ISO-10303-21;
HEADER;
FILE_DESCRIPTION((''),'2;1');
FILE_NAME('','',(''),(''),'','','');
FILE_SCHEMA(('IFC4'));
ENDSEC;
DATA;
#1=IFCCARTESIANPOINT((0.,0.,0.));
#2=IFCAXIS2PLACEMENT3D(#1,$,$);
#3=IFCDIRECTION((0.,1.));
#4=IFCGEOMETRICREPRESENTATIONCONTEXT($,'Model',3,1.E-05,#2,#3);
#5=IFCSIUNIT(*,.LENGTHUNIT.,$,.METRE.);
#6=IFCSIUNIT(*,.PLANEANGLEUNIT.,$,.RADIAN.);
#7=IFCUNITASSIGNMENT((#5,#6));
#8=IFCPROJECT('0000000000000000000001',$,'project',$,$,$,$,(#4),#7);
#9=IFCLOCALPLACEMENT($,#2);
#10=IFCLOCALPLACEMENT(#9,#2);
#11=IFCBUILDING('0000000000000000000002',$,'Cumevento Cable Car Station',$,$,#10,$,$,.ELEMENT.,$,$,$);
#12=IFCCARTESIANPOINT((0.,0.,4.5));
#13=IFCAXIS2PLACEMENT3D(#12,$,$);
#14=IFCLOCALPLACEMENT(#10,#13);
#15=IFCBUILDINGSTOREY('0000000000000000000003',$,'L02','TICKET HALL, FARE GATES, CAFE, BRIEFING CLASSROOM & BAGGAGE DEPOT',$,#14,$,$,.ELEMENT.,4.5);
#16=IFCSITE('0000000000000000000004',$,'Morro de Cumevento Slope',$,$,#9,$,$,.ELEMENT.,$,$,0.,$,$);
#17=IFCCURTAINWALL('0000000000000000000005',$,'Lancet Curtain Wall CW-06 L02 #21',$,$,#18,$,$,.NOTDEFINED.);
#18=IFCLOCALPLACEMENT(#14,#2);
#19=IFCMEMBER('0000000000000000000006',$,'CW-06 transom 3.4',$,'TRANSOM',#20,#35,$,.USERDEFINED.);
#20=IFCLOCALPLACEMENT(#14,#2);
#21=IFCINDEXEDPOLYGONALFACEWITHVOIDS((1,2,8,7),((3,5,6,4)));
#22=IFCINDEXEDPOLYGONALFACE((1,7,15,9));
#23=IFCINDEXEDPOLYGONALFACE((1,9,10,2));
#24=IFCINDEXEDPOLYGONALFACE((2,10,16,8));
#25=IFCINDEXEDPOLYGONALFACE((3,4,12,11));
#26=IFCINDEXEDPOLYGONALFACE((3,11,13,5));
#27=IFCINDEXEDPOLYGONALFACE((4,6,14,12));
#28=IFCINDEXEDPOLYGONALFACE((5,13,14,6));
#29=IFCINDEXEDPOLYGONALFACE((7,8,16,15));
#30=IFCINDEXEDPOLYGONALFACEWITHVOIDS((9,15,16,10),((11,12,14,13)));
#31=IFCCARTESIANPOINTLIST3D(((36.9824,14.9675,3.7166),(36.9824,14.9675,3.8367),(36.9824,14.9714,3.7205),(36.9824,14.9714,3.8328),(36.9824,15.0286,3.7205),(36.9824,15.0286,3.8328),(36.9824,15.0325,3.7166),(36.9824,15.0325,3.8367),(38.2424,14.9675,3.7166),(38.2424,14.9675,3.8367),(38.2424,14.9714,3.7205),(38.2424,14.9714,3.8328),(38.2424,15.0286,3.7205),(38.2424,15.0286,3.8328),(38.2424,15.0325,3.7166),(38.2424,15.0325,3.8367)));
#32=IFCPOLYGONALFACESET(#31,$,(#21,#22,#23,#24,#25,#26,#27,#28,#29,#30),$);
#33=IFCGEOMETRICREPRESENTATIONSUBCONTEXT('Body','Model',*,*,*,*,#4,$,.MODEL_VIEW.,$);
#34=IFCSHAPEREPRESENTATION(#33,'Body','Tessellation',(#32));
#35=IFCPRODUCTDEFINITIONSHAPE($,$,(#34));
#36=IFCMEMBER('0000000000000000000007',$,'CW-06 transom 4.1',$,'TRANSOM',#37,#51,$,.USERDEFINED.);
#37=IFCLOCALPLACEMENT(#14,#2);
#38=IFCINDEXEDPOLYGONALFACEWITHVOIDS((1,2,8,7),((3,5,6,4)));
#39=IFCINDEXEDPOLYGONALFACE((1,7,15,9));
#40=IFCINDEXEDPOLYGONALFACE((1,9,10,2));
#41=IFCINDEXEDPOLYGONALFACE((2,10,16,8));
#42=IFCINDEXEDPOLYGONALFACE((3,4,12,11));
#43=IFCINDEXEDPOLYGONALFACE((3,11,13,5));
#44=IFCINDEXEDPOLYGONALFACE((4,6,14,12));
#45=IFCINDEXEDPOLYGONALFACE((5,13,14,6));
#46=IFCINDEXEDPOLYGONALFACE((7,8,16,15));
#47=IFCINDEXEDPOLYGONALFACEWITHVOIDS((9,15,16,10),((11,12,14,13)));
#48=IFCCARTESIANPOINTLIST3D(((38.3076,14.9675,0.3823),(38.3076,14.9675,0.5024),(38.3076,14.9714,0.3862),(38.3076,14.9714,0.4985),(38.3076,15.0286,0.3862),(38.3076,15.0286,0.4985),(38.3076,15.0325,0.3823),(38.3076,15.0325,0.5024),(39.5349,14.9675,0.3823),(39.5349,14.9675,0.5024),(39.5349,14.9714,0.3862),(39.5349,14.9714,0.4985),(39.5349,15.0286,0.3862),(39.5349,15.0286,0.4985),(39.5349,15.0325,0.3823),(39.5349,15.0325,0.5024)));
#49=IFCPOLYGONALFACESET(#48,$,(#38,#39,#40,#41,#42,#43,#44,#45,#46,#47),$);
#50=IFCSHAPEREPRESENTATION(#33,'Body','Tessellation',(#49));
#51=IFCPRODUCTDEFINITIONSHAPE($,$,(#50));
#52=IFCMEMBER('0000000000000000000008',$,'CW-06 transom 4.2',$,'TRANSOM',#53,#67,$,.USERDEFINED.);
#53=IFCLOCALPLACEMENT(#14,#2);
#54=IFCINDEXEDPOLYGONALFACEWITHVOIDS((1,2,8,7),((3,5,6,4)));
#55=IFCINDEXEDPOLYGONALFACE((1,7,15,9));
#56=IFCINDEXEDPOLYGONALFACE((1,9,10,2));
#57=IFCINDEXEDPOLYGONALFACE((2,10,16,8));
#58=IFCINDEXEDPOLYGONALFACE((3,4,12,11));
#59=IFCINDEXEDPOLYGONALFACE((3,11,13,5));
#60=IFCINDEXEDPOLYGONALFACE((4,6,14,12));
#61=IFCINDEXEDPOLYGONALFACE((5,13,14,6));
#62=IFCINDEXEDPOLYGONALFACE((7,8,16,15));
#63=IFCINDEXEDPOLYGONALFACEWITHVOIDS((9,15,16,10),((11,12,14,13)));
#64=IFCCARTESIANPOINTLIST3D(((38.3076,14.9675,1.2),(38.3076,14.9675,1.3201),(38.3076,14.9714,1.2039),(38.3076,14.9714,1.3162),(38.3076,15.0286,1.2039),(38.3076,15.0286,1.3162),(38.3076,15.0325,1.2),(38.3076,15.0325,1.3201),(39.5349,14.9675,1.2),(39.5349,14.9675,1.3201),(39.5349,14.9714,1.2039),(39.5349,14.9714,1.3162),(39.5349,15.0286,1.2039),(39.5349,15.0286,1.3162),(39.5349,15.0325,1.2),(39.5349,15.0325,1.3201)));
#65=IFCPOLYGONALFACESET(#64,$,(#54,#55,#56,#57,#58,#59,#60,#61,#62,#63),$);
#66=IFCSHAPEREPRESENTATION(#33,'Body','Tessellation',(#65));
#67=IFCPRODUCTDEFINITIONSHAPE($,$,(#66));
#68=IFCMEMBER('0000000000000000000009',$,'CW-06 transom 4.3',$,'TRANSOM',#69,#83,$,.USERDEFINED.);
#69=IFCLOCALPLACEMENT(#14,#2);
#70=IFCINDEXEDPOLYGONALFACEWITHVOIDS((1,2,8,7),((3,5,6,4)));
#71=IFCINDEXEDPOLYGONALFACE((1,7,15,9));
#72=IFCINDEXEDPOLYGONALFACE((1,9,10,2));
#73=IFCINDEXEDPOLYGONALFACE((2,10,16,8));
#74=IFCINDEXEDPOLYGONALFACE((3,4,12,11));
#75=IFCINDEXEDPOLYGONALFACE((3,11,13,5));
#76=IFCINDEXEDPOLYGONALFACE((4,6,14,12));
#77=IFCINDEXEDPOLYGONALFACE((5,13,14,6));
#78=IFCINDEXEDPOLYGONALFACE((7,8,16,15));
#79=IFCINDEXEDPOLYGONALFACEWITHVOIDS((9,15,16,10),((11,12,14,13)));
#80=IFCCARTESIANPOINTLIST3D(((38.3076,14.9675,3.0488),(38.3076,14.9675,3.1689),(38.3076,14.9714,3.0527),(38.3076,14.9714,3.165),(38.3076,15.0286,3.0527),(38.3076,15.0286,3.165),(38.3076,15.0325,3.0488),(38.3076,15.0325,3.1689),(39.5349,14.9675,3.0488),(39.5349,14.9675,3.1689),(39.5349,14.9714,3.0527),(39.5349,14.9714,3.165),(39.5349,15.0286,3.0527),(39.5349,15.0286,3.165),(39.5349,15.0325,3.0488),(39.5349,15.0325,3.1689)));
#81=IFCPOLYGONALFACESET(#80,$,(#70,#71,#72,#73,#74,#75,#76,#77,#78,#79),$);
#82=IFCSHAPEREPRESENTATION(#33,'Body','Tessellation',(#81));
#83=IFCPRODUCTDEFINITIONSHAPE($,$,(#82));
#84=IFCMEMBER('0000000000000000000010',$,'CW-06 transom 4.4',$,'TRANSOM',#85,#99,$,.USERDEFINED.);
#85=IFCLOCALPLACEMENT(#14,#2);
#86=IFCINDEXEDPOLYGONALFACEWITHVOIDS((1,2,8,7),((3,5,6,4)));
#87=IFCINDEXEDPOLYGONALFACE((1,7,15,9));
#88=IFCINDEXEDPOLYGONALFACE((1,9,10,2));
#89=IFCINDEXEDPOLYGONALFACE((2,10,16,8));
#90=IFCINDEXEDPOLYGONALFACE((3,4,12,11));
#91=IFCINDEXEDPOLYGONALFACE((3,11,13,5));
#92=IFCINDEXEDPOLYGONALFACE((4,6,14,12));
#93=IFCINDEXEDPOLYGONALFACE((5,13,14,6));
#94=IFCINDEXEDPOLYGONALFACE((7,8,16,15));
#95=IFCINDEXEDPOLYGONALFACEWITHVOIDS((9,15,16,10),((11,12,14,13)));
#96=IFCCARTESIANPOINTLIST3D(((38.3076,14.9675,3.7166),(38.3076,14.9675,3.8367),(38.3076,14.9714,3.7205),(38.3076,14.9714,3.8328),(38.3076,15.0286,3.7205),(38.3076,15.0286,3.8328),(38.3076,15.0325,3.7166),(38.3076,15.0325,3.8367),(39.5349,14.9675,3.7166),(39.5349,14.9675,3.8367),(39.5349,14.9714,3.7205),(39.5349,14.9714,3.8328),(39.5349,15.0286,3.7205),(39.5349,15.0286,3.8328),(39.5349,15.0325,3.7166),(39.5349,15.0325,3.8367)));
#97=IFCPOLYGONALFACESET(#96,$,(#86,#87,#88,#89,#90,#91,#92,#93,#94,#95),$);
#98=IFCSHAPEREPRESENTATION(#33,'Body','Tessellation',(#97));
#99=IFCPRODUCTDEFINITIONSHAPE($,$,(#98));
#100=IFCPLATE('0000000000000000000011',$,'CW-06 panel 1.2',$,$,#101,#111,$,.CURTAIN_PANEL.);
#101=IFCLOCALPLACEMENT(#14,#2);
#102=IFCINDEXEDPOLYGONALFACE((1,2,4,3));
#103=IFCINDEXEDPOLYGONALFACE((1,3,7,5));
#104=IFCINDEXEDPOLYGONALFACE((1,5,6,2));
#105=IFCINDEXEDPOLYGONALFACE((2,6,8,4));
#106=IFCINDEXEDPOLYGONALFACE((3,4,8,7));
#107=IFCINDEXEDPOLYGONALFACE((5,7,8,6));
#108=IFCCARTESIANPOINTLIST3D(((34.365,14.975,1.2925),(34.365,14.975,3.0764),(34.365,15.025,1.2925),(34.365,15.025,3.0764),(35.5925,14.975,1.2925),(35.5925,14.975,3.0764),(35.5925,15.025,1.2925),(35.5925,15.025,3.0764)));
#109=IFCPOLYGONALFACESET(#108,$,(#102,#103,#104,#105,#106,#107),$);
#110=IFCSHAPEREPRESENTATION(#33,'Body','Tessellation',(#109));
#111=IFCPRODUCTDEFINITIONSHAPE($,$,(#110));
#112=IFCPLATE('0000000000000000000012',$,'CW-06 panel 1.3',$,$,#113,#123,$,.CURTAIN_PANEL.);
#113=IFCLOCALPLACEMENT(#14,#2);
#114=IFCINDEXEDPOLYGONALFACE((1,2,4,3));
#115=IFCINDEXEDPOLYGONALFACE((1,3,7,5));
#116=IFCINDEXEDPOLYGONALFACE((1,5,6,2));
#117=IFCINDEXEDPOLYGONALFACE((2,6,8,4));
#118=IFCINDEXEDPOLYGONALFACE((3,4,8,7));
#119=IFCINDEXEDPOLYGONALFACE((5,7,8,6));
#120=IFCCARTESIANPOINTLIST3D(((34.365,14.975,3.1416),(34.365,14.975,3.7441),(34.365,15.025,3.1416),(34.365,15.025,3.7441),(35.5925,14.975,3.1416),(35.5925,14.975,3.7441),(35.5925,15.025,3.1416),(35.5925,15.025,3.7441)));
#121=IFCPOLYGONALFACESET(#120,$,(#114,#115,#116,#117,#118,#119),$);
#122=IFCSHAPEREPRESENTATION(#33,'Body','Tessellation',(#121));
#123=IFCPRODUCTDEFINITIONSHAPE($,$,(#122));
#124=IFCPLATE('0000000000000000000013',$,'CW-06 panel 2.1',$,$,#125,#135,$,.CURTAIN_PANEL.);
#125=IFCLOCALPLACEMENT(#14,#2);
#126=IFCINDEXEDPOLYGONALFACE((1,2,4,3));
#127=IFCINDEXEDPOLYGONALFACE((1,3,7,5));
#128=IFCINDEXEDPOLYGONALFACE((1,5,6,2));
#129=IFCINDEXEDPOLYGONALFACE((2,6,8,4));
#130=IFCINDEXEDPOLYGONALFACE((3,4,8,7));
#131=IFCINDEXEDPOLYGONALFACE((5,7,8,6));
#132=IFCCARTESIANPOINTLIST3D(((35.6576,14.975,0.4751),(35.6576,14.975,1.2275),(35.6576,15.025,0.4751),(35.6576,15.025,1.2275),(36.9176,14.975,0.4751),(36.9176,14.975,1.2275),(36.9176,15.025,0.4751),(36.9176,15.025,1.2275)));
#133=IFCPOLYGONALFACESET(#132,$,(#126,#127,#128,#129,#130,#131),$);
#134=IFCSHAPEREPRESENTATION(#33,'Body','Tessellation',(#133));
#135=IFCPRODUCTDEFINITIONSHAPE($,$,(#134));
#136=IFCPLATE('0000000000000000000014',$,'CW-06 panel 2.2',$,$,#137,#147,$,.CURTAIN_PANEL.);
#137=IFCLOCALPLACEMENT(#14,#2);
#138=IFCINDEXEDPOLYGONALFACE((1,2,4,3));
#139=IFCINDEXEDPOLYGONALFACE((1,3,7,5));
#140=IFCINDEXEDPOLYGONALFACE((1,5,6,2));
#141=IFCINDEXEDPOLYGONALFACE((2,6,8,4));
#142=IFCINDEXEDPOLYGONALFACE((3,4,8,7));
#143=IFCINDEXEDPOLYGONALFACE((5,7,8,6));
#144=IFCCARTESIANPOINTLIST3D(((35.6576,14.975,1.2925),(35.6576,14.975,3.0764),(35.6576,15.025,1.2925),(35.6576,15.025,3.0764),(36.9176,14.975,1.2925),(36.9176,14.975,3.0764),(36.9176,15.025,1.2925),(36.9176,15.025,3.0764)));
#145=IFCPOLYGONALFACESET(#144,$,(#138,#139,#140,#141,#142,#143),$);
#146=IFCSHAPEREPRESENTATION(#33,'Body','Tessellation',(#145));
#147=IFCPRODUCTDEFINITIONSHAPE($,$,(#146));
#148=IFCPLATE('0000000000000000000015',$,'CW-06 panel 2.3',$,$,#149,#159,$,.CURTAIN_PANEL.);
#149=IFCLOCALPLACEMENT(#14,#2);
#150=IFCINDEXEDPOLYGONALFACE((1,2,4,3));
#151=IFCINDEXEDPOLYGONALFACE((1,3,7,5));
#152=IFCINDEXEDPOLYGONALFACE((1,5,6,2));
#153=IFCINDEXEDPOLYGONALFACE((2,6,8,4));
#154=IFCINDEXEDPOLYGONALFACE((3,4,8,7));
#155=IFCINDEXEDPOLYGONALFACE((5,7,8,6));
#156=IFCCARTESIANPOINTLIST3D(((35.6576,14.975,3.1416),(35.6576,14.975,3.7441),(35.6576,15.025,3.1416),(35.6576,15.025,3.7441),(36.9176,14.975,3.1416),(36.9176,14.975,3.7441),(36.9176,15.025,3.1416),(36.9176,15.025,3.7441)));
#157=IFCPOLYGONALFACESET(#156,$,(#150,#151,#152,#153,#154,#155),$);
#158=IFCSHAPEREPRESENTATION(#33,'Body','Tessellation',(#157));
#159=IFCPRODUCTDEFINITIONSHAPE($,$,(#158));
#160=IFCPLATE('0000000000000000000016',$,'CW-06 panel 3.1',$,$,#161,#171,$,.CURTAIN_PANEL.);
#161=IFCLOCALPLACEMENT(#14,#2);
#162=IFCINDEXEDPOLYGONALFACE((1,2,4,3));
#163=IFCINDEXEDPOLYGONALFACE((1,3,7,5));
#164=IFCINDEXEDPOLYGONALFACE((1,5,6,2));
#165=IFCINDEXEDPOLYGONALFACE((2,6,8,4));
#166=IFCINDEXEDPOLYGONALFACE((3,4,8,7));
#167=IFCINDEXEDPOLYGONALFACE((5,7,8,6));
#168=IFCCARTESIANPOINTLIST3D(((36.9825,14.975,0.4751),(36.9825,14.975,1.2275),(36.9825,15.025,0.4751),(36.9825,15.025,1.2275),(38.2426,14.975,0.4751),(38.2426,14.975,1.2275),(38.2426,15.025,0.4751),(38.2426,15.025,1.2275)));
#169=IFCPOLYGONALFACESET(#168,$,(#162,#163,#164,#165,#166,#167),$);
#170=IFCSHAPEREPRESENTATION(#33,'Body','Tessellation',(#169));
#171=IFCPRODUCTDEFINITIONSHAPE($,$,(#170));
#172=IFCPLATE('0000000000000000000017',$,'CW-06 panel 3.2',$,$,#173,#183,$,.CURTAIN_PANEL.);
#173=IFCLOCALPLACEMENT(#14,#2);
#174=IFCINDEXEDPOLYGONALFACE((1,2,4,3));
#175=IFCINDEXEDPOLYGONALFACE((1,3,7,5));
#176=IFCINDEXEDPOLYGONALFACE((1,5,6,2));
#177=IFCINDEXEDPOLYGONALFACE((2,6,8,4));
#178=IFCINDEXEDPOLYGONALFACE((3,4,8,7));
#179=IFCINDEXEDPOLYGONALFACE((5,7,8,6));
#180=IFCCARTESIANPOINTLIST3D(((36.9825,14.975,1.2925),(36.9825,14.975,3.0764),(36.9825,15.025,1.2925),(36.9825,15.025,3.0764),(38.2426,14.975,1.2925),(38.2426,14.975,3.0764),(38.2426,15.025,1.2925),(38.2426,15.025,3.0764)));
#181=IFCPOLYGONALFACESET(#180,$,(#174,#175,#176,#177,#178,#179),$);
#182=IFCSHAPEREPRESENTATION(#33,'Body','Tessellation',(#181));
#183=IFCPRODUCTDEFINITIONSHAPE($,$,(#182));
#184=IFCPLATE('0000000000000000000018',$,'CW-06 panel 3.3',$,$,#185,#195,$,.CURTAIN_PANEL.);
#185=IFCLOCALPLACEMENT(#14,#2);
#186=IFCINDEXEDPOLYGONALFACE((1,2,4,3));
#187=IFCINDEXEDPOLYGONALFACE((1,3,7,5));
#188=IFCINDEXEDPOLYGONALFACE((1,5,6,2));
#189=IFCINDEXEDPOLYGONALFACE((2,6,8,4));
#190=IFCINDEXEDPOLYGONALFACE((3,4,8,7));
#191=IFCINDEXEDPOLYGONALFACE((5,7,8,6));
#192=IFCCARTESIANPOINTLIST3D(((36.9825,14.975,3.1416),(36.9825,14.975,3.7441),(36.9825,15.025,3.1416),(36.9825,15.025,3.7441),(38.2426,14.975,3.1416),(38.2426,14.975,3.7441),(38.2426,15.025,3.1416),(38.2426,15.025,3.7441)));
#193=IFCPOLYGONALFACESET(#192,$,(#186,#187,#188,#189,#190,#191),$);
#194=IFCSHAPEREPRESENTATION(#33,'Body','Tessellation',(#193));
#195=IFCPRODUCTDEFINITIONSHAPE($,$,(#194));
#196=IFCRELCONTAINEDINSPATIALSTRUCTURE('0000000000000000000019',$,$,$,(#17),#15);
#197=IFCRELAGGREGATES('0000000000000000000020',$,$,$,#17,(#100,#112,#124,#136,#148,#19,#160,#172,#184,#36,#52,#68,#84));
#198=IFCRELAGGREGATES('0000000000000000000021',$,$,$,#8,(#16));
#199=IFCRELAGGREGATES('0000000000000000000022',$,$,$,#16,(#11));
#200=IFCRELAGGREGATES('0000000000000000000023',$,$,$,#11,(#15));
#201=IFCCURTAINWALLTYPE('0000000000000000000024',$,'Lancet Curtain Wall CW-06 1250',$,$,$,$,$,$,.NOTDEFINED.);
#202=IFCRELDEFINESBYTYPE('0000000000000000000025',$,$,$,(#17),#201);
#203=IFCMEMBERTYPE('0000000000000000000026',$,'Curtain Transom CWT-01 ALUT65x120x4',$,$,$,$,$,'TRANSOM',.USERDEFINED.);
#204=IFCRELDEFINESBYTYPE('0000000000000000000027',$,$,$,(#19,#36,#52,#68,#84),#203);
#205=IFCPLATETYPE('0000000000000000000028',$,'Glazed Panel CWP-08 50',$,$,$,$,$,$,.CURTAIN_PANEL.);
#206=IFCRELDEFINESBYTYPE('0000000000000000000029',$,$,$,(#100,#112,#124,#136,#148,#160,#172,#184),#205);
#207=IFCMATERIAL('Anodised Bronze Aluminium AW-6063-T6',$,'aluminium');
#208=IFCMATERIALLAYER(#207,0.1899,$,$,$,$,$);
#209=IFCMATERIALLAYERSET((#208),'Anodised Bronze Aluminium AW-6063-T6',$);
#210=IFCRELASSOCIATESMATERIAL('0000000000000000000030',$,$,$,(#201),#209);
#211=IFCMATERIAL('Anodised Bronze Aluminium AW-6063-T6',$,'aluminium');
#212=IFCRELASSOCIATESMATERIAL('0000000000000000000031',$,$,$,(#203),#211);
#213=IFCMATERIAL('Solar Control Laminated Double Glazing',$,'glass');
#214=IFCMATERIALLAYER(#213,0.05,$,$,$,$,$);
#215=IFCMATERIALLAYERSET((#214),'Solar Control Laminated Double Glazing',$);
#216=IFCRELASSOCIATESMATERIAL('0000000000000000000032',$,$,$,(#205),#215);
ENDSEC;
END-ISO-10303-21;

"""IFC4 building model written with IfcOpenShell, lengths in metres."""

from ifc_helpers import new_model, si_unit, direction, frame, origin, origin_2d, place, context, subcontext, project, spatial, rectangle, hollow_rectangle, extrude, material, layer, layer_set, material_profile, profile_set, type_object, element, aggregate, save


model = new_model("IFC4")

# Units and contexts
model_context = context("Model", 3, precision=1e-05, world=origin(), true_north=direction((0.0, 1.0)))
body_context = subcontext(model_context, "Body", "Model", "MODEL_VIEW")
ifc_project = project(units=[si_unit("LENGTHUNIT", "METRE"), si_unit("PLANEANGLEUNIT", "RADIAN")], contexts=[model_context])

# Site, building, storey
site_placement = place(None, origin())
site = spatial("IfcSite", under=ifc_project, at=site_placement, Name="Morro de Cumevento Slope", CompositionType="ELEMENT", RefElevation=0.0)
building_placement = place(site_placement, origin())
building = spatial("IfcBuilding", under=site, at=building_placement, Name="Cumevento Cable Car Station", CompositionType="ELEMENT")
storey_placement = place(building_placement, frame((0.0, 0.0, 4.5)))
storey = spatial("IfcBuildingStorey", under=building, at=storey_placement, Name="L02", Description="TICKET HALL, FARE GATES, CAFE, BRIEFING CLASSROOM & BAGGAGE DEPOT", CompositionType="ELEMENT", Elevation=4.5)

# Curtain wall, members, plates
ifc_material_1 = material(Name="Anodised Bronze Aluminium AW-6063-T6", Category="aluminium")
ifc_layer_1 = layer(ifc_material_1, 0.1899)
ifc_layer_set_1 = layer_set([ifc_layer_1], Name="Anodised Bronze Aluminium AW-6063-T6")
curtain_wall_type = type_object("IfcCurtainWallType", Name="Lancet Curtain Wall CW-06 1250", PredefinedType="NOTDEFINED", material=ifc_layer_set_1)
curtain_wall_placement = place(storey_placement, origin())
curtain_wall = element("IfcCurtainWall", 1, at=curtain_wall_placement, inside=storey, type_object=curtain_wall_type, Name="Lancet Curtain Wall CW-06 L02 #21", PredefinedType="NOTDEFINED")
ifc_material_2 = material(Name="Anodised Bronze Aluminium AW-6063-T6", Category="aluminium")
ifc_material_profile_1 = material_profile(ifc_material_2, hollow_rectangle(XDim=0.0649, YDim=0.1201, WallThickness=0.0039, at=origin_2d()), Name="ALUT65x120x4")
ifc_profile_set_1 = profile_set([ifc_material_profile_1], Name="Anodised Bronze Aluminium AW-6063-T6")
member_type_1 = type_object("IfcMemberType", Name="Curtain Transom CWT-01 ALUT65x120x4", ElementType="TRANSOM", PredefinedType="USERDEFINED", material=ifc_profile_set_1)
member_1_placement = place(storey_placement, frame((36.9824, 15.0, 3.7766), z_axis=(1.0, 0.0, 0.0), x_axis=(0.0, 1.0, 0.0)))
member_1 = element("IfcMember", 2, at=member_1_placement, type_object=member_type_1, Name="CW-06 transom 3.4", ObjectType="TRANSOM", PredefinedType="USERDEFINED", context=body_context, shape_type="SweptSolid", body=[
    extrude(hollow_rectangle(XDim=0.0649, YDim=0.1201, WallThickness=0.0039, at=origin_2d()), origin(), (0.0, 0.0, 1.0), 1.26),
])
member_2_placement = place(storey_placement, frame((38.3076, 15.0, 0.4424), z_axis=(1.0, 0.0, 0.0), x_axis=(0.0, 1.0, 0.0)))
member_2 = element("IfcMember", 3, at=member_2_placement, type_object=member_type_1, Name="CW-06 transom 4.1", ObjectType="TRANSOM", PredefinedType="USERDEFINED", context=body_context, shape_type="SweptSolid", body=[
    extrude(hollow_rectangle(XDim=0.0649, YDim=0.1201, WallThickness=0.0039, at=origin_2d()), origin(), (0.0, 0.0, 1.0), 1.2273),
])
member_3_placement = place(storey_placement, frame((38.3076, 15.0, 1.26), z_axis=(1.0, 0.0, 0.0), x_axis=(0.0, 1.0, 0.0)))
member_3 = element("IfcMember", 4, at=member_3_placement, type_object=member_type_1, Name="CW-06 transom 4.2", ObjectType="TRANSOM", PredefinedType="USERDEFINED", context=body_context, shape_type="SweptSolid", body=[
    extrude(hollow_rectangle(XDim=0.0649, YDim=0.1201, WallThickness=0.0039, at=origin_2d()), origin(), (0.0, 0.0, 1.0), 1.2273),
])
member_4_placement = place(storey_placement, frame((38.3076, 15.0, 3.1089), z_axis=(1.0, 0.0, 0.0), x_axis=(0.0, 1.0, 0.0)))
member_4 = element("IfcMember", 5, at=member_4_placement, type_object=member_type_1, Name="CW-06 transom 4.3", ObjectType="TRANSOM", PredefinedType="USERDEFINED", context=body_context, shape_type="SweptSolid", body=[
    extrude(hollow_rectangle(XDim=0.0649, YDim=0.1201, WallThickness=0.0039, at=origin_2d()), origin(), (0.0, 0.0, 1.0), 1.2273),
])
member_5_placement = place(storey_placement, frame((38.3076, 15.0, 3.7766), z_axis=(1.0, 0.0, 0.0), x_axis=(0.0, 1.0, 0.0)))
member_5 = element("IfcMember", 6, at=member_5_placement, type_object=member_type_1, Name="CW-06 transom 4.4", ObjectType="TRANSOM", PredefinedType="USERDEFINED", context=body_context, shape_type="SweptSolid", body=[
    extrude(hollow_rectangle(XDim=0.0649, YDim=0.1201, WallThickness=0.0039, at=origin_2d()), origin(), (0.0, 0.0, 1.0), 1.2273),
])
ifc_material_3 = material(Name="Solar Control Laminated Double Glazing", Category="glass")
ifc_layer_2 = layer(ifc_material_3, 0.05)
ifc_layer_set_2 = layer_set([ifc_layer_2], Name="Solar Control Laminated Double Glazing")
plate_type = type_object("IfcPlateType", Name="Glazed Panel CWP-08 50", PredefinedType="CURTAIN_PANEL", material=ifc_layer_set_2)
plate_1_placement = place(storey_placement, frame((34.9788, 15.0, 1.2925), z_axis=(0.0, 0.0, 1.0), x_axis=(1.0, 0.0, 0.0)))
plate_1 = element("IfcPlate", 7, at=plate_1_placement, type_object=plate_type, Name="CW-06 panel 1.2", PredefinedType="CURTAIN_PANEL", context=body_context, shape_type="SweptSolid", body=[
    extrude(rectangle(XDim=1.2275, YDim=0.05, at=origin_2d()), origin(), (0.0, 0.0, 1.0), 1.7839),
])
plate_2_placement = place(storey_placement, frame((34.9788, 15.0, 3.1416), z_axis=(0.0, 0.0, 1.0), x_axis=(1.0, 0.0, 0.0)))
plate_2 = element("IfcPlate", 8, at=plate_2_placement, type_object=plate_type, Name="CW-06 panel 1.3", PredefinedType="CURTAIN_PANEL", context=body_context, shape_type="SweptSolid", body=[
    extrude(rectangle(XDim=1.2275, YDim=0.05, at=origin_2d()), origin(), (0.0, 0.0, 1.0), 0.6025),
])
plate_3_placement = place(storey_placement, frame((36.2876, 15.0, 0.4751), z_axis=(0.0, 0.0, 1.0), x_axis=(1.0, 0.0, 0.0)))
plate_3 = element("IfcPlate", 9, at=plate_3_placement, type_object=plate_type, Name="CW-06 panel 2.1", PredefinedType="CURTAIN_PANEL", context=body_context, shape_type="SweptSolid", body=[
    extrude(rectangle(XDim=1.26, YDim=0.05, at=origin_2d()), origin(), (0.0, 0.0, 1.0), 0.7524),
])
plate_4_placement = place(storey_placement, frame((36.2876, 15.0, 1.2925), z_axis=(0.0, 0.0, 1.0), x_axis=(1.0, 0.0, 0.0)))
plate_4 = element("IfcPlate", 10, at=plate_4_placement, type_object=plate_type, Name="CW-06 panel 2.2", PredefinedType="CURTAIN_PANEL", context=body_context, shape_type="SweptSolid", body=[
    extrude(rectangle(XDim=1.26, YDim=0.05, at=origin_2d()), origin(), (0.0, 0.0, 1.0), 1.7839),
])
plate_5_placement = place(storey_placement, frame((36.2876, 15.0, 3.1416), z_axis=(0.0, 0.0, 1.0), x_axis=(1.0, 0.0, 0.0)))
plate_5 = element("IfcPlate", 11, at=plate_5_placement, type_object=plate_type, Name="CW-06 panel 2.3", PredefinedType="CURTAIN_PANEL", context=body_context, shape_type="SweptSolid", body=[
    extrude(rectangle(XDim=1.26, YDim=0.05, at=origin_2d()), origin(), (0.0, 0.0, 1.0), 0.6025),
])
plate_6_placement = place(storey_placement, frame((37.6125, 15.0, 0.4751), z_axis=(0.0, 0.0, 1.0), x_axis=(1.0, 0.0, 0.0)))
plate_6 = element("IfcPlate", 12, at=plate_6_placement, type_object=plate_type, Name="CW-06 panel 3.1", PredefinedType="CURTAIN_PANEL", context=body_context, shape_type="SweptSolid", body=[
    extrude(rectangle(XDim=1.26, YDim=0.05, at=origin_2d()), origin(), (0.0, 0.0, 1.0), 0.7524),
])
plate_7_placement = place(storey_placement, frame((37.6125, 15.0, 1.2925), z_axis=(0.0, 0.0, 1.0), x_axis=(1.0, 0.0, 0.0)))
plate_7 = element("IfcPlate", 13, at=plate_7_placement, type_object=plate_type, Name="CW-06 panel 3.2", PredefinedType="CURTAIN_PANEL", context=body_context, shape_type="SweptSolid", body=[
    extrude(rectangle(XDim=1.26, YDim=0.05, at=origin_2d()), origin(), (0.0, 0.0, 1.0), 1.7839),
])
plate_8_placement = place(storey_placement, frame((37.6125, 15.0, 3.1416), z_axis=(0.0, 0.0, 1.0), x_axis=(1.0, 0.0, 0.0)))
plate_8 = element("IfcPlate", 14, at=plate_8_placement, type_object=plate_type, Name="CW-06 panel 3.3", PredefinedType="CURTAIN_PANEL", context=body_context, shape_type="SweptSolid", body=[
    extrude(rectangle(XDim=1.26, YDim=0.05, at=origin_2d()), origin(), (0.0, 0.0, 1.0), 0.6025),
])
aggregate(curtain_wall, [plate_1, plate_2, plate_3, plate_4, plate_5, member_1, plate_6, plate_7, plate_8, member_2, member_3, member_4, member_5])

save(model, "model.ifc")
